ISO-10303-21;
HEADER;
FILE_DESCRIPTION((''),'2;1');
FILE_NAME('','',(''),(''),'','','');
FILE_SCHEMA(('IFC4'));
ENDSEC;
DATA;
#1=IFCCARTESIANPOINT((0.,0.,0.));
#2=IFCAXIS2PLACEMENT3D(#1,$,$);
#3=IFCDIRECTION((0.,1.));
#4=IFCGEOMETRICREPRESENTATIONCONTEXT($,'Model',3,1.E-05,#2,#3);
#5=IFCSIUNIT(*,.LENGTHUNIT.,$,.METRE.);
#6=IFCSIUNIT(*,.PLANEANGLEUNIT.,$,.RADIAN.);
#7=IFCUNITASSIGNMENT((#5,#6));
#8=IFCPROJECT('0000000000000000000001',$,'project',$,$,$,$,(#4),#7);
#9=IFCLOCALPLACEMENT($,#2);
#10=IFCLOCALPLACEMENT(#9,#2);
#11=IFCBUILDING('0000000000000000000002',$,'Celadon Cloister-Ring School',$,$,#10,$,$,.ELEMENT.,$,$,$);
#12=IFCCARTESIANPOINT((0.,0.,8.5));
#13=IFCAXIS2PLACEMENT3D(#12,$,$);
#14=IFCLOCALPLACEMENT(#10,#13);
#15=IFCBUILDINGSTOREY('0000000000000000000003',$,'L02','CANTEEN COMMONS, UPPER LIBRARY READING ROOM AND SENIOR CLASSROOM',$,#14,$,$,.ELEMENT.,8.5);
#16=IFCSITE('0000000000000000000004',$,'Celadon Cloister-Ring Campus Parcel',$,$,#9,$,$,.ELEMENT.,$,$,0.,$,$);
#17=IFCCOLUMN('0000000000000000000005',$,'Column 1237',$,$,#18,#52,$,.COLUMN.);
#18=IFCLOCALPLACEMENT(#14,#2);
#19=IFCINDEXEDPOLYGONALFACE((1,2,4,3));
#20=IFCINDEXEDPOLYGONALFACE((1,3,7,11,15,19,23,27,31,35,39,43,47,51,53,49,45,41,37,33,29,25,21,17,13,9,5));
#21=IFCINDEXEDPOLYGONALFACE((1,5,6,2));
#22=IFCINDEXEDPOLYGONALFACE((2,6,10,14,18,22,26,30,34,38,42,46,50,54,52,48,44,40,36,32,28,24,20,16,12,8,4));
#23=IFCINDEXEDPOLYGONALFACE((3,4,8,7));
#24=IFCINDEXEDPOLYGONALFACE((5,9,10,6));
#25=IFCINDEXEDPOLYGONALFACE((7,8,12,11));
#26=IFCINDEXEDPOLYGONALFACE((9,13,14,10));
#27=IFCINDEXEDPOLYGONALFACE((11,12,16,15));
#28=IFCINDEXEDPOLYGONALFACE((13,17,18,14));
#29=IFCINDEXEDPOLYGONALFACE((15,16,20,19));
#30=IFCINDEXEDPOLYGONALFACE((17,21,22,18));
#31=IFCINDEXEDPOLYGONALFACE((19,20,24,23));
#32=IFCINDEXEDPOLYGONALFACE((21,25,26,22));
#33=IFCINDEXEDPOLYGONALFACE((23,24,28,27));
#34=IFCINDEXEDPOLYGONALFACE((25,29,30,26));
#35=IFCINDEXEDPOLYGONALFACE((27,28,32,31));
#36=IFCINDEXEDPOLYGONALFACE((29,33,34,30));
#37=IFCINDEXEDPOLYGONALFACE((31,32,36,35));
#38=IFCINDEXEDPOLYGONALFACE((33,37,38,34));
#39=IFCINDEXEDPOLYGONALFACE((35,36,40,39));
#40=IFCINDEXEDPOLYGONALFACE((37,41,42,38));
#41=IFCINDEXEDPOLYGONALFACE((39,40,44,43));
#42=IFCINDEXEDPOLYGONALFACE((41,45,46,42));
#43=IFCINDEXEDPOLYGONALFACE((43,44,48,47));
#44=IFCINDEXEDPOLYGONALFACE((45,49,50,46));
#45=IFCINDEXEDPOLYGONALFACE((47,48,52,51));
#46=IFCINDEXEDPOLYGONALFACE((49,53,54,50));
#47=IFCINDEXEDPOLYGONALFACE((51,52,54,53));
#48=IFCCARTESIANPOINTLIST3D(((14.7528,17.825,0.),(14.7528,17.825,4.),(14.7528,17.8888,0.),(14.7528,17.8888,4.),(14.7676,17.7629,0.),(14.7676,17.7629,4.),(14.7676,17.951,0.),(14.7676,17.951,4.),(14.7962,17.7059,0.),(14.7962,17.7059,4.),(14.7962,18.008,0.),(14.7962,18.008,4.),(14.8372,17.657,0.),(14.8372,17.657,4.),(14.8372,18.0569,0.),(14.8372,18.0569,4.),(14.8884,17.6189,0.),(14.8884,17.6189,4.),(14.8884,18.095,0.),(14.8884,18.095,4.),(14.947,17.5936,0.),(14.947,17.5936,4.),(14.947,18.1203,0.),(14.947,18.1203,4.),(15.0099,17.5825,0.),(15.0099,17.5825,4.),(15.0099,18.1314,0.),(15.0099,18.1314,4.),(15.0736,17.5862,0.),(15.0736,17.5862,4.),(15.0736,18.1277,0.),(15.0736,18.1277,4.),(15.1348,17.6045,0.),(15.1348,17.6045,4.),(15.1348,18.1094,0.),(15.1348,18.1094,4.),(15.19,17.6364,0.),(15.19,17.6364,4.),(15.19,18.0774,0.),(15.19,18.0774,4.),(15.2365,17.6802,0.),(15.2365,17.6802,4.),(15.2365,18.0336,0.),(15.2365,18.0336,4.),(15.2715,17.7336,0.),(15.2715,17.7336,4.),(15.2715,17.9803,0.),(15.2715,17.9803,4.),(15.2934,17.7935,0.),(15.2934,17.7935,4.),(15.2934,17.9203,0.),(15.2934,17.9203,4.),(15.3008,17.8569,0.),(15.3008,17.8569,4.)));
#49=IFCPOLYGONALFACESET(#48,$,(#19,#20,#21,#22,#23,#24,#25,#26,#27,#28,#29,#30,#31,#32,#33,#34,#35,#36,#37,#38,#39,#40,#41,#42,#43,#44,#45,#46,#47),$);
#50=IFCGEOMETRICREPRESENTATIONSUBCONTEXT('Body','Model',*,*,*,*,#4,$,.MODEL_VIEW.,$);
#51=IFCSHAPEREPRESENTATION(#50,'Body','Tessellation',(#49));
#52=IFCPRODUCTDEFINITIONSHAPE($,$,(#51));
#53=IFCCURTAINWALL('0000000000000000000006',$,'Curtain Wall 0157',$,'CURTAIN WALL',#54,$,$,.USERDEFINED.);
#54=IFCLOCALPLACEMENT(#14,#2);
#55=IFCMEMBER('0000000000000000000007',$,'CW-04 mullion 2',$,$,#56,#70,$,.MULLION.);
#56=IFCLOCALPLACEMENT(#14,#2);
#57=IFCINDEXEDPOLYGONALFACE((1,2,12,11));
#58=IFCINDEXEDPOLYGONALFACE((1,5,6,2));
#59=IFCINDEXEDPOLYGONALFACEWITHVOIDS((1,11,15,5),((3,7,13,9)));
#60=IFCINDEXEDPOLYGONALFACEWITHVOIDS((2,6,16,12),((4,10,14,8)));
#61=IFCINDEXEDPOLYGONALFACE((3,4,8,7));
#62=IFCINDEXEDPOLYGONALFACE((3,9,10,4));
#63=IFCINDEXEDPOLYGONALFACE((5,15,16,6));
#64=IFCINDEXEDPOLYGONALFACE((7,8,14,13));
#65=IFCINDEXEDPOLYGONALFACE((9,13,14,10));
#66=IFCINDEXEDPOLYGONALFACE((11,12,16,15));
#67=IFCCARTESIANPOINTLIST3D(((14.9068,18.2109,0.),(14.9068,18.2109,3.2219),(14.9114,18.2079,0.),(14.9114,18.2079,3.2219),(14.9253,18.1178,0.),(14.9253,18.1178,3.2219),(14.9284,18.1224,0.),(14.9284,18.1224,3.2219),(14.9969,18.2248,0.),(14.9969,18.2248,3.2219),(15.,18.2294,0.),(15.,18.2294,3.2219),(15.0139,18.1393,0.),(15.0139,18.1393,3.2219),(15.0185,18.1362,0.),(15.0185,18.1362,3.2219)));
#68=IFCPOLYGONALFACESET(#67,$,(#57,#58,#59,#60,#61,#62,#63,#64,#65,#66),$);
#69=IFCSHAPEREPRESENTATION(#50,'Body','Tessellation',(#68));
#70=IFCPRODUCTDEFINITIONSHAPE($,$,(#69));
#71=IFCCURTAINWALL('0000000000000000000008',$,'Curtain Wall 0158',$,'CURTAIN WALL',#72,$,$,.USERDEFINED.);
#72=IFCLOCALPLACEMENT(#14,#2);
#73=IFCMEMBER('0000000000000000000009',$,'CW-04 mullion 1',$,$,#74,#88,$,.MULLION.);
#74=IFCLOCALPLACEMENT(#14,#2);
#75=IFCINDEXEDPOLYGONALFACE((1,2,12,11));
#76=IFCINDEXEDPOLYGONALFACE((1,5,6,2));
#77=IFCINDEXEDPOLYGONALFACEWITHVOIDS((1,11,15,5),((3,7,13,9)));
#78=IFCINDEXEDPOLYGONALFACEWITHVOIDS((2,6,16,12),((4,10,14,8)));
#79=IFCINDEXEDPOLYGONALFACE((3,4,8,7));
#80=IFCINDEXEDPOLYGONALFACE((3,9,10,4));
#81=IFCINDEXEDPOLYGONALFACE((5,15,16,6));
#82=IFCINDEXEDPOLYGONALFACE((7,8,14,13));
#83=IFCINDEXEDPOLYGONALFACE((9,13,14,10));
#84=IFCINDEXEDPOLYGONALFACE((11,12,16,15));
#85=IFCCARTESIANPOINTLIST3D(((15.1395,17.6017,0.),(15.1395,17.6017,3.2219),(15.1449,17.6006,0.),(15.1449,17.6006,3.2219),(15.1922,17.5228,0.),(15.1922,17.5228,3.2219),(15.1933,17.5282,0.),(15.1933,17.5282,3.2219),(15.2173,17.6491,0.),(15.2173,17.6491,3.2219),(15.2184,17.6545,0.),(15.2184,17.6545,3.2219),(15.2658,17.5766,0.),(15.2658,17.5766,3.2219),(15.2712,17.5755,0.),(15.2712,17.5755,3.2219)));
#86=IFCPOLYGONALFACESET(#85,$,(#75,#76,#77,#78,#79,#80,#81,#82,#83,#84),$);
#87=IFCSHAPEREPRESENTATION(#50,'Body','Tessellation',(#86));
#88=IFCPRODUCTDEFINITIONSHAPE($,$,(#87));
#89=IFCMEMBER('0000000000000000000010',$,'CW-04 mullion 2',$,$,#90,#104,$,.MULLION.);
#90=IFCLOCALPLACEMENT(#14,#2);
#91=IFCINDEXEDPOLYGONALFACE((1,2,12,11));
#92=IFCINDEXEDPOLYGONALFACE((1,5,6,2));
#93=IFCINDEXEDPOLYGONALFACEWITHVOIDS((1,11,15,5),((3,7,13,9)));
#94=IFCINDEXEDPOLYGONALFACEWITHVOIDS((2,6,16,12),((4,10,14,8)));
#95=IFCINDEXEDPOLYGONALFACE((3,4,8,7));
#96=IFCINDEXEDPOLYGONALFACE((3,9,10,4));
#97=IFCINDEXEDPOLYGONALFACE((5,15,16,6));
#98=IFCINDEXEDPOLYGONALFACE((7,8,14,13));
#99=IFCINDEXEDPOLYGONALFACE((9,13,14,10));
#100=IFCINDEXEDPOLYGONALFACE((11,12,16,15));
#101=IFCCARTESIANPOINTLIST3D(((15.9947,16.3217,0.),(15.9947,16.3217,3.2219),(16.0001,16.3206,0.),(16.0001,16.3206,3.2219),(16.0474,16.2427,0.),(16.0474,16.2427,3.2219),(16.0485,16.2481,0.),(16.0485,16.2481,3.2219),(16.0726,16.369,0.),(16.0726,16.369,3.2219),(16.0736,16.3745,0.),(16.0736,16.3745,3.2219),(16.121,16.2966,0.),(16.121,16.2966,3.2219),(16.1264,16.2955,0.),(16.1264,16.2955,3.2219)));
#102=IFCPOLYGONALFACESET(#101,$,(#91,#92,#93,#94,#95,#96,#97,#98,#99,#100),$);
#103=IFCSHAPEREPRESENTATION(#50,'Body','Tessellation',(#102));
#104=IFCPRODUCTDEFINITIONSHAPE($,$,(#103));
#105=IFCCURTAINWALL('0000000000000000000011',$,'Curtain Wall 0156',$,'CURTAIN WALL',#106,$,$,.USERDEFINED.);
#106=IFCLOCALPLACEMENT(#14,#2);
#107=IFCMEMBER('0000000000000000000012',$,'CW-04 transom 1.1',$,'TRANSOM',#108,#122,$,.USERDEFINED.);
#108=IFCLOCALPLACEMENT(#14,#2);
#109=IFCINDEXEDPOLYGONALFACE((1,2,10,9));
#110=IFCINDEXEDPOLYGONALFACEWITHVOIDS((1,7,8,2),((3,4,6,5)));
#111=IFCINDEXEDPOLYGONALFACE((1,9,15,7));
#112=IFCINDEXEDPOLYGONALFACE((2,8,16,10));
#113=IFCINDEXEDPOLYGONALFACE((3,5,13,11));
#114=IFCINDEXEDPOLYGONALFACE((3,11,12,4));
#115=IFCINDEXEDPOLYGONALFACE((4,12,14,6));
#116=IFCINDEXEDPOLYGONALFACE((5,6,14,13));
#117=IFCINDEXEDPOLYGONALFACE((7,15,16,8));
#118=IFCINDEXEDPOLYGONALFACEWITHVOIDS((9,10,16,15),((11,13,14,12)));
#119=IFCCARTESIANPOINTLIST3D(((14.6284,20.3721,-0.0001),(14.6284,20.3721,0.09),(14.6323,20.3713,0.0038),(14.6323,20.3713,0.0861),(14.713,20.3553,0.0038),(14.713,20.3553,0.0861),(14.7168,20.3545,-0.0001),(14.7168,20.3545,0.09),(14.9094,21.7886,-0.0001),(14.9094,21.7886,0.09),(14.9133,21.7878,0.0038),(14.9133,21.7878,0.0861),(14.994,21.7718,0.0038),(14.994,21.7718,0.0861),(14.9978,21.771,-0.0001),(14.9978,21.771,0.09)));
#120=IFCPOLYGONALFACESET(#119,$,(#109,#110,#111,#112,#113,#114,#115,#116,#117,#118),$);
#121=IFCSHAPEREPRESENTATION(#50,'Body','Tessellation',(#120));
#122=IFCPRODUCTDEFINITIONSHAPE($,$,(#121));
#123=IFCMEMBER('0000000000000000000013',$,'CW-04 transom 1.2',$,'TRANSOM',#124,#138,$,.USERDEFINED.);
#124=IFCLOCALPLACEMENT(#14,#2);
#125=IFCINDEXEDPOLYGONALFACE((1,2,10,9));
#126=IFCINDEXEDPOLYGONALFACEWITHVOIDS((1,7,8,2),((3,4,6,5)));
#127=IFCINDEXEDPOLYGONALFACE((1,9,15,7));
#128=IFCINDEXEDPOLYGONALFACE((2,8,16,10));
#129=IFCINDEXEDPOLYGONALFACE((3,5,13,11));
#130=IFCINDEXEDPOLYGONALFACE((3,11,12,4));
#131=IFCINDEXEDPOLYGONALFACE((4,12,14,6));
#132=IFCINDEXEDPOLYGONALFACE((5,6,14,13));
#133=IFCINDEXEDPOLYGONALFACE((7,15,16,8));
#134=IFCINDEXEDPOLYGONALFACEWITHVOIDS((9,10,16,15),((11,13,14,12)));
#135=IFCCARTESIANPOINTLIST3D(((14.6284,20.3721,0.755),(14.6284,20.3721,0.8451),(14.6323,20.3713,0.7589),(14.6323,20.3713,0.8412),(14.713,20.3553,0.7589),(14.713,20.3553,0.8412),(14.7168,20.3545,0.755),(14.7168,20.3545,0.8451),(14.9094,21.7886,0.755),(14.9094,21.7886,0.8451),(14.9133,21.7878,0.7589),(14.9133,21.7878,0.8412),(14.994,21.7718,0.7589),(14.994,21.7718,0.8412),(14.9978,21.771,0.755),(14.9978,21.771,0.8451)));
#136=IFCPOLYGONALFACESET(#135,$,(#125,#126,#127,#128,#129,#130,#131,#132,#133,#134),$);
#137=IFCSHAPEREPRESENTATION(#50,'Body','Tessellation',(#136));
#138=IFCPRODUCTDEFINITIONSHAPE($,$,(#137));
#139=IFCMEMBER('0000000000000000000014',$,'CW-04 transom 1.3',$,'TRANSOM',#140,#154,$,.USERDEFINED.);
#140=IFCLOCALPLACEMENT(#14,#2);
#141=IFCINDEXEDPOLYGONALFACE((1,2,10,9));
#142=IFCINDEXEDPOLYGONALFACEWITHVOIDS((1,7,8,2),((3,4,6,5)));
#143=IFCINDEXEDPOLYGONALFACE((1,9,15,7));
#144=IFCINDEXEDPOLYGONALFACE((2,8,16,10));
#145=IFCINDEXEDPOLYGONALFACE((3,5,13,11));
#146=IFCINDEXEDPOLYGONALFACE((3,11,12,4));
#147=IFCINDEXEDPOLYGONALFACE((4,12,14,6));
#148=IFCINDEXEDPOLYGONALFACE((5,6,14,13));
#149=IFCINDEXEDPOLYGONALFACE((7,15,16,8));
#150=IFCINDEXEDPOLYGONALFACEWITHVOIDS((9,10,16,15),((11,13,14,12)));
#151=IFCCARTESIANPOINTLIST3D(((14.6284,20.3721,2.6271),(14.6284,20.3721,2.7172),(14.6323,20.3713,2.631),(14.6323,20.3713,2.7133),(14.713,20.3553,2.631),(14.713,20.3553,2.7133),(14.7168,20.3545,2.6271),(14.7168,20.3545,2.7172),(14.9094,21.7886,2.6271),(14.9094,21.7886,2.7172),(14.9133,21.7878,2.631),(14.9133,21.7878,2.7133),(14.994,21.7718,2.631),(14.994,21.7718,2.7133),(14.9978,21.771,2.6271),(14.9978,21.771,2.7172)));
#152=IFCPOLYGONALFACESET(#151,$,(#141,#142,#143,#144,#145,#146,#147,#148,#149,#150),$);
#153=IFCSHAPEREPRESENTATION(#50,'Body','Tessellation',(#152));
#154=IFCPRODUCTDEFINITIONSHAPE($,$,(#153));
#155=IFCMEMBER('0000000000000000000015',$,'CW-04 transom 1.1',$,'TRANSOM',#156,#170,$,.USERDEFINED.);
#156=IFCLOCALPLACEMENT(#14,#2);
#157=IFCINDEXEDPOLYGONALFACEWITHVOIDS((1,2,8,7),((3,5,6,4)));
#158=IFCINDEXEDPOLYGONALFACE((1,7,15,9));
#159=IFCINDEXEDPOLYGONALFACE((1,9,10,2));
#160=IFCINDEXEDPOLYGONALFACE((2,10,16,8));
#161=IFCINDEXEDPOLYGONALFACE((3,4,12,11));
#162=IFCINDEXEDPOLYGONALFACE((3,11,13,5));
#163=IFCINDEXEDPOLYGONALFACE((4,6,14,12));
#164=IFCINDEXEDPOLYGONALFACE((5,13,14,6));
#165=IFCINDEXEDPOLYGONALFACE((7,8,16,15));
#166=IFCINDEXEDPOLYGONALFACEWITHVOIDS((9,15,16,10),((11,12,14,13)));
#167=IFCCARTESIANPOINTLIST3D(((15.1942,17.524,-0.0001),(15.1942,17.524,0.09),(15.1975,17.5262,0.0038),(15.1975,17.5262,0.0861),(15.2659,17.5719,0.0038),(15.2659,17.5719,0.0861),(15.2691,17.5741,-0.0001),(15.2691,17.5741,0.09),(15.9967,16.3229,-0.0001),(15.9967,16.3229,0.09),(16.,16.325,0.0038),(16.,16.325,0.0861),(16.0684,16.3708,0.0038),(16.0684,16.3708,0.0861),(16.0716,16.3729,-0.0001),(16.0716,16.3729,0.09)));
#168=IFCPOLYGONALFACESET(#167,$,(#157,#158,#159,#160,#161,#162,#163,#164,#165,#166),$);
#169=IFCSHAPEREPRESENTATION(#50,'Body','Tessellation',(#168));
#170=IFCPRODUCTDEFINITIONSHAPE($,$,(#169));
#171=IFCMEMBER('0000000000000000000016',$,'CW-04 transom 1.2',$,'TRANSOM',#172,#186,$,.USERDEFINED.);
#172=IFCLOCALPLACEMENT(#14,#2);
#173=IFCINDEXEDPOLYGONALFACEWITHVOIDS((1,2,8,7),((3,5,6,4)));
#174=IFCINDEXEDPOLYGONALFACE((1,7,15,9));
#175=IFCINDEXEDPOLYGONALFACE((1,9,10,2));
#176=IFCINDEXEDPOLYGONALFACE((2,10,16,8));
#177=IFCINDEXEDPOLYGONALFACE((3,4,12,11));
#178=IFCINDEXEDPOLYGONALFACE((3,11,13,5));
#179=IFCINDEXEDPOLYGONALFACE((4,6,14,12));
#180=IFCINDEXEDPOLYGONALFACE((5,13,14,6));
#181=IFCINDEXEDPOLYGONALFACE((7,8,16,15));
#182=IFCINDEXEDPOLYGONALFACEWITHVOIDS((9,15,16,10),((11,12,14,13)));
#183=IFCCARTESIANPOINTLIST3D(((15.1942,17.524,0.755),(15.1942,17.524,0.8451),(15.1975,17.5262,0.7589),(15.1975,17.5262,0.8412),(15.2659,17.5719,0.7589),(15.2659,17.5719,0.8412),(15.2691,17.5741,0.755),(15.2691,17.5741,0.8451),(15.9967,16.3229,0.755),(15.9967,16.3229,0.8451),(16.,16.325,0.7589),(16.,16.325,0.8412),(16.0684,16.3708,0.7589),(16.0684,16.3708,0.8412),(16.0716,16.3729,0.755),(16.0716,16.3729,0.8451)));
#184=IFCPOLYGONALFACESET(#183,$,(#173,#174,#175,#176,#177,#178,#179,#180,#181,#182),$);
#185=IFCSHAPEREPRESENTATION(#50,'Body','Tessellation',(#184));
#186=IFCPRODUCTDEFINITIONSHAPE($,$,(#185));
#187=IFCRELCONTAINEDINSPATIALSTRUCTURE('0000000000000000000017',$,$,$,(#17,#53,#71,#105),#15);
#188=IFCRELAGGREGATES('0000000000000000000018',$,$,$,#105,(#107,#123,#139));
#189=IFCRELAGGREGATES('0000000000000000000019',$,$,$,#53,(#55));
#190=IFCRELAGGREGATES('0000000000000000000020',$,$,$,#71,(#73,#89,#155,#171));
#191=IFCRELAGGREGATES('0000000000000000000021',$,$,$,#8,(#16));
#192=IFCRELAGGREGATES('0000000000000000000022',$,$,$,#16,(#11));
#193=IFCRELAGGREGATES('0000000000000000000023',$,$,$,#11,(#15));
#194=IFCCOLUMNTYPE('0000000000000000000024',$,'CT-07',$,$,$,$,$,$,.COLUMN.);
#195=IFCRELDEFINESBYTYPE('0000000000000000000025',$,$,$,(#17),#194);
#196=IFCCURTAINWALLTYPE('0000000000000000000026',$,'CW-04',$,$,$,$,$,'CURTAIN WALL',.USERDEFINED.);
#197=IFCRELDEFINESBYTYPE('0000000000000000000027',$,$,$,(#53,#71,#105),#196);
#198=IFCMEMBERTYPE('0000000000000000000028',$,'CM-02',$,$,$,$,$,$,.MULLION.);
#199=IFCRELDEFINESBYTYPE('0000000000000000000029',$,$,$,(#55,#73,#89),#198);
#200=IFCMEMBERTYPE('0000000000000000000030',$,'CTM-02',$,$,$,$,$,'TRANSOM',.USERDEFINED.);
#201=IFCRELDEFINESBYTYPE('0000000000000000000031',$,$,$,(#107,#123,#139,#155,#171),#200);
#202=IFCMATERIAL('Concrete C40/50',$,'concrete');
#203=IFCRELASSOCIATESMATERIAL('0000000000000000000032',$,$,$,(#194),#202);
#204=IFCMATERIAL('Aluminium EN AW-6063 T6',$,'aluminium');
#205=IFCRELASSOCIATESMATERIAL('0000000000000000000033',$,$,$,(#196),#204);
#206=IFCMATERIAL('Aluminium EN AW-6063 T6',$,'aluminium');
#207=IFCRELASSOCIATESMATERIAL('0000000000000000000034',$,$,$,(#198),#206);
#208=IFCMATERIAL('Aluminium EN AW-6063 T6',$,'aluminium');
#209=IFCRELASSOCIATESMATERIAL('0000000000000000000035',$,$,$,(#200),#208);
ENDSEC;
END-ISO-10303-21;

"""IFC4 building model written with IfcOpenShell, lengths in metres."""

from ifc_helpers import new_model, si_unit, direction, frame, origin, origin_2d, place, context, subcontext, project, spatial, hollow_rectangle, circle, extrude, material, material_profile, profile_set, type_object, element, aggregate, save


model = new_model("IFC4")

# Units and contexts
model_context = context("Model", 3, precision=1e-05, world=origin(), true_north=direction((0.0, 1.0)))
body_context = subcontext(model_context, "Body", "Model", "MODEL_VIEW")
ifc_project = project(units=[si_unit("LENGTHUNIT", "METRE"), si_unit("PLANEANGLEUNIT", "RADIAN")], contexts=[model_context])

# Site, building, storey
site_placement = place(None, origin())
site = spatial("IfcSite", under=ifc_project, at=site_placement, Name="Celadon Cloister-Ring Campus Parcel", CompositionType="ELEMENT", RefElevation=0.0)
building_placement = place(site_placement, origin())
building = spatial("IfcBuilding", under=site, at=building_placement, Name="Celadon Cloister-Ring School", CompositionType="ELEMENT")
storey_placement = place(building_placement, frame((0.0, 0.0, 8.5)))
storey = spatial("IfcBuildingStorey", under=building, at=storey_placement, Name="L02", Description="CANTEEN COMMONS, UPPER LIBRARY READING ROOM AND SENIOR CLASSROOM", CompositionType="ELEMENT", Elevation=8.5)

# Column
ifc_material_1 = material(Name="Concrete C40/50", Category="concrete")
ifc_material_profile_1 = material_profile(ifc_material_1, circle(Radius=0.2749, at=origin_2d()), Name="CIRC550")
ifc_profile_set_1 = profile_set([ifc_material_profile_1], Name="Concrete C40/50")
column_type = type_object("IfcColumnType", Name="CT-07", PredefinedType="COLUMN", material=ifc_profile_set_1)
column_placement = place(storey_placement, frame((15.0259, 17.8569, 0.0), z_axis=(0.0, 0.0, 1.0), x_axis=(1.0, 0.0, 0.0)))
element("IfcColumn", 1, at=column_placement, inside=storey, type_object=column_type, Name="Column 1237", PredefinedType="COLUMN", context=body_context, shape_type="SweptSolid", body=[
    extrude(circle(Radius=0.2749, at=origin_2d()), origin(), (0.0, 0.0, 1.0), 4.0),
])

# Curtain wall, member
ifc_material_2 = material(Name="Aluminium EN AW-6063 T6", Category="aluminium")
curtain_wall_type = type_object("IfcCurtainWallType", Name="CW-04", ElementType="CURTAIN WALL", PredefinedType="USERDEFINED", material=ifc_material_2)
curtain_wall_1_placement = place(storey_placement, origin())
curtain_wall_1 = element("IfcCurtainWall", 2, at=curtain_wall_1_placement, inside=storey, type_object=curtain_wall_type, Name="Curtain Wall 0157", ObjectType="CURTAIN WALL", PredefinedType="USERDEFINED")
ifc_material_3 = material(Name="Aluminium EN AW-6063 T6", Category="aluminium")
ifc_material_profile_2 = material_profile(ifc_material_3, hollow_rectangle(XDim=0.095, YDim=0.095, WallThickness=0.0039, at=origin_2d()), Name="RHS95X95X4")
ifc_profile_set_2 = profile_set([ifc_material_profile_2], Name="Aluminium EN AW-6063 T6")
member_type_1 = type_object("IfcMemberType", Name="CM-02", PredefinedType="MULLION", material=ifc_profile_set_2)
member_1_placement = place(storey_placement, frame((14.9626, 18.1736, 0.0), z_axis=(0.0, 0.0, 1.0), x_axis=(0.980885, 0.194586, 0.0)))
member_1 = element("IfcMember", 3, at=member_1_placement, type_object=member_type_1, Name="CW-04 mullion 2", PredefinedType="MULLION", context=body_context, shape_type="SweptSolid", body=[
    extrude(hollow_rectangle(XDim=0.095, YDim=0.095, WallThickness=0.0039, at=origin_2d()), origin(), (0.0, 0.0, 1.0), 3.2219),
])

# Curtain walls, members
curtain_wall_2_placement = place(storey_placement, origin())
curtain_wall_2 = element("IfcCurtainWall", 4, at=curtain_wall_2_placement, inside=storey, type_object=curtain_wall_type, Name="Curtain Wall 0158", ObjectType="CURTAIN WALL", PredefinedType="USERDEFINED")
member_2_placement = place(storey_placement, frame((15.2053, 17.5886, 0.0), z_axis=(0.0, 0.0, 1.0), x_axis=(0.831485, 0.555547, 0.0)))
member_2 = element("IfcMember", 5, at=member_2_placement, type_object=member_type_1, Name="CW-04 mullion 1", PredefinedType="MULLION", context=body_context, shape_type="SweptSolid", body=[
    extrude(hollow_rectangle(XDim=0.095, YDim=0.095, WallThickness=0.0039, at=origin_2d()), origin(), (0.0, 0.0, 1.0), 3.2219),
])
member_3_placement = place(storey_placement, frame((16.0605, 16.3086, 0.0), z_axis=(0.0, 0.0, 1.0), x_axis=(0.831485, 0.555547, 0.0)))
member_3 = element("IfcMember", 6, at=member_3_placement, type_object=member_type_1, Name="CW-04 mullion 2", PredefinedType="MULLION", context=body_context, shape_type="SweptSolid", body=[
    extrude(hollow_rectangle(XDim=0.095, YDim=0.095, WallThickness=0.0039, at=origin_2d()), origin(), (0.0, 0.0, 1.0), 3.2219),
])
curtain_wall_3_placement = place(storey_placement, origin())
curtain_wall_3 = element("IfcCurtainWall", 7, at=curtain_wall_3_placement, inside=storey, type_object=curtain_wall_type, Name="Curtain Wall 0156", ObjectType="CURTAIN WALL", PredefinedType="USERDEFINED")
ifc_material_4 = material(Name="Aluminium EN AW-6063 T6", Category="aluminium")
ifc_material_profile_3 = material_profile(ifc_material_4, hollow_rectangle(XDim=0.0901, YDim=0.0901, WallThickness=0.0039, at=origin_2d()), Name="RHS90X90X4")
ifc_profile_set_3 = profile_set([ifc_material_profile_3], Name="Aluminium EN AW-6063 T6")
member_type_2 = type_object("IfcMemberType", Name="CTM-02", ElementType="TRANSOM", PredefinedType="USERDEFINED", material=ifc_profile_set_3)
member_4_placement = place(storey_placement, frame((14.9536, 21.7798, 0.0449), z_axis=(-0.194588, -0.980885, 0.0), x_axis=(0.980885, -0.194588, 0.0)))
member_4 = element("IfcMember", 8, at=member_4_placement, type_object=member_type_2, Name="CW-04 transom 1.1", ObjectType="TRANSOM", PredefinedType="USERDEFINED", context=body_context, shape_type="SweptSolid", body=[
    extrude(hollow_rectangle(XDim=0.0901, YDim=0.0901, WallThickness=0.0039, at=origin_2d()), origin(), (0.0, 0.0, 1.0), 1.4441),
])
member_5_placement = place(storey_placement, frame((14.9536, 21.7798, 0.8), z_axis=(-0.194588, -0.980885, 0.0), x_axis=(0.980885, -0.194588, 0.0)))
member_5 = element("IfcMember", 9, at=member_5_placement, type_object=member_type_2, Name="CW-04 transom 1.2", ObjectType="TRANSOM", PredefinedType="USERDEFINED", context=body_context, shape_type="SweptSolid", body=[
    extrude(hollow_rectangle(XDim=0.0901, YDim=0.0901, WallThickness=0.0039, at=origin_2d()), origin(), (0.0, 0.0, 1.0), 1.4441),
])
member_6_placement = place(storey_placement, frame((14.9536, 21.7798, 2.6721), z_axis=(-0.194588, -0.980885, 0.0), x_axis=(0.980885, -0.194588, 0.0)))
member_6 = element("IfcMember", 10, at=member_6_placement, type_object=member_type_2, Name="CW-04 transom 1.3", ObjectType="TRANSOM", PredefinedType="USERDEFINED", context=body_context, shape_type="SweptSolid", body=[
    extrude(hollow_rectangle(XDim=0.0901, YDim=0.0901, WallThickness=0.0039, at=origin_2d()), origin(), (0.0, 0.0, 1.0), 1.4441),
])

# Members
member_7_placement = place(storey_placement, frame((15.2317, 17.5491, 0.0449), z_axis=(0.555519, -0.831504, 0.0), x_axis=(0.831504, 0.555519, 0.0)))
member_7 = element("IfcMember", 11, at=member_7_placement, type_object=member_type_2, Name="CW-04 transom 1.1", ObjectType="TRANSOM", PredefinedType="USERDEFINED", context=body_context, shape_type="SweptSolid", body=[
    extrude(hollow_rectangle(XDim=0.0901, YDim=0.0901, WallThickness=0.0039, at=origin_2d()), origin(), (0.0, 0.0, 1.0), 1.4446),
])
member_8_placement = place(storey_placement, frame((15.2317, 17.5491, 0.8), z_axis=(0.555519, -0.831504, 0.0), x_axis=(0.831504, 0.555519, 0.0)))
member_8 = element("IfcMember", 12, at=member_8_placement, type_object=member_type_2, Name="CW-04 transom 1.2", ObjectType="TRANSOM", PredefinedType="USERDEFINED", context=body_context, shape_type="SweptSolid", body=[
    extrude(hollow_rectangle(XDim=0.0901, YDim=0.0901, WallThickness=0.0039, at=origin_2d()), origin(), (0.0, 0.0, 1.0), 1.4446),
])

aggregate(curtain_wall_3, [member_4, member_5, member_6])
aggregate(curtain_wall_1, [member_1])
aggregate(curtain_wall_2, [member_2, member_3, member_7, member_8])

save(model, "model.ifc")
